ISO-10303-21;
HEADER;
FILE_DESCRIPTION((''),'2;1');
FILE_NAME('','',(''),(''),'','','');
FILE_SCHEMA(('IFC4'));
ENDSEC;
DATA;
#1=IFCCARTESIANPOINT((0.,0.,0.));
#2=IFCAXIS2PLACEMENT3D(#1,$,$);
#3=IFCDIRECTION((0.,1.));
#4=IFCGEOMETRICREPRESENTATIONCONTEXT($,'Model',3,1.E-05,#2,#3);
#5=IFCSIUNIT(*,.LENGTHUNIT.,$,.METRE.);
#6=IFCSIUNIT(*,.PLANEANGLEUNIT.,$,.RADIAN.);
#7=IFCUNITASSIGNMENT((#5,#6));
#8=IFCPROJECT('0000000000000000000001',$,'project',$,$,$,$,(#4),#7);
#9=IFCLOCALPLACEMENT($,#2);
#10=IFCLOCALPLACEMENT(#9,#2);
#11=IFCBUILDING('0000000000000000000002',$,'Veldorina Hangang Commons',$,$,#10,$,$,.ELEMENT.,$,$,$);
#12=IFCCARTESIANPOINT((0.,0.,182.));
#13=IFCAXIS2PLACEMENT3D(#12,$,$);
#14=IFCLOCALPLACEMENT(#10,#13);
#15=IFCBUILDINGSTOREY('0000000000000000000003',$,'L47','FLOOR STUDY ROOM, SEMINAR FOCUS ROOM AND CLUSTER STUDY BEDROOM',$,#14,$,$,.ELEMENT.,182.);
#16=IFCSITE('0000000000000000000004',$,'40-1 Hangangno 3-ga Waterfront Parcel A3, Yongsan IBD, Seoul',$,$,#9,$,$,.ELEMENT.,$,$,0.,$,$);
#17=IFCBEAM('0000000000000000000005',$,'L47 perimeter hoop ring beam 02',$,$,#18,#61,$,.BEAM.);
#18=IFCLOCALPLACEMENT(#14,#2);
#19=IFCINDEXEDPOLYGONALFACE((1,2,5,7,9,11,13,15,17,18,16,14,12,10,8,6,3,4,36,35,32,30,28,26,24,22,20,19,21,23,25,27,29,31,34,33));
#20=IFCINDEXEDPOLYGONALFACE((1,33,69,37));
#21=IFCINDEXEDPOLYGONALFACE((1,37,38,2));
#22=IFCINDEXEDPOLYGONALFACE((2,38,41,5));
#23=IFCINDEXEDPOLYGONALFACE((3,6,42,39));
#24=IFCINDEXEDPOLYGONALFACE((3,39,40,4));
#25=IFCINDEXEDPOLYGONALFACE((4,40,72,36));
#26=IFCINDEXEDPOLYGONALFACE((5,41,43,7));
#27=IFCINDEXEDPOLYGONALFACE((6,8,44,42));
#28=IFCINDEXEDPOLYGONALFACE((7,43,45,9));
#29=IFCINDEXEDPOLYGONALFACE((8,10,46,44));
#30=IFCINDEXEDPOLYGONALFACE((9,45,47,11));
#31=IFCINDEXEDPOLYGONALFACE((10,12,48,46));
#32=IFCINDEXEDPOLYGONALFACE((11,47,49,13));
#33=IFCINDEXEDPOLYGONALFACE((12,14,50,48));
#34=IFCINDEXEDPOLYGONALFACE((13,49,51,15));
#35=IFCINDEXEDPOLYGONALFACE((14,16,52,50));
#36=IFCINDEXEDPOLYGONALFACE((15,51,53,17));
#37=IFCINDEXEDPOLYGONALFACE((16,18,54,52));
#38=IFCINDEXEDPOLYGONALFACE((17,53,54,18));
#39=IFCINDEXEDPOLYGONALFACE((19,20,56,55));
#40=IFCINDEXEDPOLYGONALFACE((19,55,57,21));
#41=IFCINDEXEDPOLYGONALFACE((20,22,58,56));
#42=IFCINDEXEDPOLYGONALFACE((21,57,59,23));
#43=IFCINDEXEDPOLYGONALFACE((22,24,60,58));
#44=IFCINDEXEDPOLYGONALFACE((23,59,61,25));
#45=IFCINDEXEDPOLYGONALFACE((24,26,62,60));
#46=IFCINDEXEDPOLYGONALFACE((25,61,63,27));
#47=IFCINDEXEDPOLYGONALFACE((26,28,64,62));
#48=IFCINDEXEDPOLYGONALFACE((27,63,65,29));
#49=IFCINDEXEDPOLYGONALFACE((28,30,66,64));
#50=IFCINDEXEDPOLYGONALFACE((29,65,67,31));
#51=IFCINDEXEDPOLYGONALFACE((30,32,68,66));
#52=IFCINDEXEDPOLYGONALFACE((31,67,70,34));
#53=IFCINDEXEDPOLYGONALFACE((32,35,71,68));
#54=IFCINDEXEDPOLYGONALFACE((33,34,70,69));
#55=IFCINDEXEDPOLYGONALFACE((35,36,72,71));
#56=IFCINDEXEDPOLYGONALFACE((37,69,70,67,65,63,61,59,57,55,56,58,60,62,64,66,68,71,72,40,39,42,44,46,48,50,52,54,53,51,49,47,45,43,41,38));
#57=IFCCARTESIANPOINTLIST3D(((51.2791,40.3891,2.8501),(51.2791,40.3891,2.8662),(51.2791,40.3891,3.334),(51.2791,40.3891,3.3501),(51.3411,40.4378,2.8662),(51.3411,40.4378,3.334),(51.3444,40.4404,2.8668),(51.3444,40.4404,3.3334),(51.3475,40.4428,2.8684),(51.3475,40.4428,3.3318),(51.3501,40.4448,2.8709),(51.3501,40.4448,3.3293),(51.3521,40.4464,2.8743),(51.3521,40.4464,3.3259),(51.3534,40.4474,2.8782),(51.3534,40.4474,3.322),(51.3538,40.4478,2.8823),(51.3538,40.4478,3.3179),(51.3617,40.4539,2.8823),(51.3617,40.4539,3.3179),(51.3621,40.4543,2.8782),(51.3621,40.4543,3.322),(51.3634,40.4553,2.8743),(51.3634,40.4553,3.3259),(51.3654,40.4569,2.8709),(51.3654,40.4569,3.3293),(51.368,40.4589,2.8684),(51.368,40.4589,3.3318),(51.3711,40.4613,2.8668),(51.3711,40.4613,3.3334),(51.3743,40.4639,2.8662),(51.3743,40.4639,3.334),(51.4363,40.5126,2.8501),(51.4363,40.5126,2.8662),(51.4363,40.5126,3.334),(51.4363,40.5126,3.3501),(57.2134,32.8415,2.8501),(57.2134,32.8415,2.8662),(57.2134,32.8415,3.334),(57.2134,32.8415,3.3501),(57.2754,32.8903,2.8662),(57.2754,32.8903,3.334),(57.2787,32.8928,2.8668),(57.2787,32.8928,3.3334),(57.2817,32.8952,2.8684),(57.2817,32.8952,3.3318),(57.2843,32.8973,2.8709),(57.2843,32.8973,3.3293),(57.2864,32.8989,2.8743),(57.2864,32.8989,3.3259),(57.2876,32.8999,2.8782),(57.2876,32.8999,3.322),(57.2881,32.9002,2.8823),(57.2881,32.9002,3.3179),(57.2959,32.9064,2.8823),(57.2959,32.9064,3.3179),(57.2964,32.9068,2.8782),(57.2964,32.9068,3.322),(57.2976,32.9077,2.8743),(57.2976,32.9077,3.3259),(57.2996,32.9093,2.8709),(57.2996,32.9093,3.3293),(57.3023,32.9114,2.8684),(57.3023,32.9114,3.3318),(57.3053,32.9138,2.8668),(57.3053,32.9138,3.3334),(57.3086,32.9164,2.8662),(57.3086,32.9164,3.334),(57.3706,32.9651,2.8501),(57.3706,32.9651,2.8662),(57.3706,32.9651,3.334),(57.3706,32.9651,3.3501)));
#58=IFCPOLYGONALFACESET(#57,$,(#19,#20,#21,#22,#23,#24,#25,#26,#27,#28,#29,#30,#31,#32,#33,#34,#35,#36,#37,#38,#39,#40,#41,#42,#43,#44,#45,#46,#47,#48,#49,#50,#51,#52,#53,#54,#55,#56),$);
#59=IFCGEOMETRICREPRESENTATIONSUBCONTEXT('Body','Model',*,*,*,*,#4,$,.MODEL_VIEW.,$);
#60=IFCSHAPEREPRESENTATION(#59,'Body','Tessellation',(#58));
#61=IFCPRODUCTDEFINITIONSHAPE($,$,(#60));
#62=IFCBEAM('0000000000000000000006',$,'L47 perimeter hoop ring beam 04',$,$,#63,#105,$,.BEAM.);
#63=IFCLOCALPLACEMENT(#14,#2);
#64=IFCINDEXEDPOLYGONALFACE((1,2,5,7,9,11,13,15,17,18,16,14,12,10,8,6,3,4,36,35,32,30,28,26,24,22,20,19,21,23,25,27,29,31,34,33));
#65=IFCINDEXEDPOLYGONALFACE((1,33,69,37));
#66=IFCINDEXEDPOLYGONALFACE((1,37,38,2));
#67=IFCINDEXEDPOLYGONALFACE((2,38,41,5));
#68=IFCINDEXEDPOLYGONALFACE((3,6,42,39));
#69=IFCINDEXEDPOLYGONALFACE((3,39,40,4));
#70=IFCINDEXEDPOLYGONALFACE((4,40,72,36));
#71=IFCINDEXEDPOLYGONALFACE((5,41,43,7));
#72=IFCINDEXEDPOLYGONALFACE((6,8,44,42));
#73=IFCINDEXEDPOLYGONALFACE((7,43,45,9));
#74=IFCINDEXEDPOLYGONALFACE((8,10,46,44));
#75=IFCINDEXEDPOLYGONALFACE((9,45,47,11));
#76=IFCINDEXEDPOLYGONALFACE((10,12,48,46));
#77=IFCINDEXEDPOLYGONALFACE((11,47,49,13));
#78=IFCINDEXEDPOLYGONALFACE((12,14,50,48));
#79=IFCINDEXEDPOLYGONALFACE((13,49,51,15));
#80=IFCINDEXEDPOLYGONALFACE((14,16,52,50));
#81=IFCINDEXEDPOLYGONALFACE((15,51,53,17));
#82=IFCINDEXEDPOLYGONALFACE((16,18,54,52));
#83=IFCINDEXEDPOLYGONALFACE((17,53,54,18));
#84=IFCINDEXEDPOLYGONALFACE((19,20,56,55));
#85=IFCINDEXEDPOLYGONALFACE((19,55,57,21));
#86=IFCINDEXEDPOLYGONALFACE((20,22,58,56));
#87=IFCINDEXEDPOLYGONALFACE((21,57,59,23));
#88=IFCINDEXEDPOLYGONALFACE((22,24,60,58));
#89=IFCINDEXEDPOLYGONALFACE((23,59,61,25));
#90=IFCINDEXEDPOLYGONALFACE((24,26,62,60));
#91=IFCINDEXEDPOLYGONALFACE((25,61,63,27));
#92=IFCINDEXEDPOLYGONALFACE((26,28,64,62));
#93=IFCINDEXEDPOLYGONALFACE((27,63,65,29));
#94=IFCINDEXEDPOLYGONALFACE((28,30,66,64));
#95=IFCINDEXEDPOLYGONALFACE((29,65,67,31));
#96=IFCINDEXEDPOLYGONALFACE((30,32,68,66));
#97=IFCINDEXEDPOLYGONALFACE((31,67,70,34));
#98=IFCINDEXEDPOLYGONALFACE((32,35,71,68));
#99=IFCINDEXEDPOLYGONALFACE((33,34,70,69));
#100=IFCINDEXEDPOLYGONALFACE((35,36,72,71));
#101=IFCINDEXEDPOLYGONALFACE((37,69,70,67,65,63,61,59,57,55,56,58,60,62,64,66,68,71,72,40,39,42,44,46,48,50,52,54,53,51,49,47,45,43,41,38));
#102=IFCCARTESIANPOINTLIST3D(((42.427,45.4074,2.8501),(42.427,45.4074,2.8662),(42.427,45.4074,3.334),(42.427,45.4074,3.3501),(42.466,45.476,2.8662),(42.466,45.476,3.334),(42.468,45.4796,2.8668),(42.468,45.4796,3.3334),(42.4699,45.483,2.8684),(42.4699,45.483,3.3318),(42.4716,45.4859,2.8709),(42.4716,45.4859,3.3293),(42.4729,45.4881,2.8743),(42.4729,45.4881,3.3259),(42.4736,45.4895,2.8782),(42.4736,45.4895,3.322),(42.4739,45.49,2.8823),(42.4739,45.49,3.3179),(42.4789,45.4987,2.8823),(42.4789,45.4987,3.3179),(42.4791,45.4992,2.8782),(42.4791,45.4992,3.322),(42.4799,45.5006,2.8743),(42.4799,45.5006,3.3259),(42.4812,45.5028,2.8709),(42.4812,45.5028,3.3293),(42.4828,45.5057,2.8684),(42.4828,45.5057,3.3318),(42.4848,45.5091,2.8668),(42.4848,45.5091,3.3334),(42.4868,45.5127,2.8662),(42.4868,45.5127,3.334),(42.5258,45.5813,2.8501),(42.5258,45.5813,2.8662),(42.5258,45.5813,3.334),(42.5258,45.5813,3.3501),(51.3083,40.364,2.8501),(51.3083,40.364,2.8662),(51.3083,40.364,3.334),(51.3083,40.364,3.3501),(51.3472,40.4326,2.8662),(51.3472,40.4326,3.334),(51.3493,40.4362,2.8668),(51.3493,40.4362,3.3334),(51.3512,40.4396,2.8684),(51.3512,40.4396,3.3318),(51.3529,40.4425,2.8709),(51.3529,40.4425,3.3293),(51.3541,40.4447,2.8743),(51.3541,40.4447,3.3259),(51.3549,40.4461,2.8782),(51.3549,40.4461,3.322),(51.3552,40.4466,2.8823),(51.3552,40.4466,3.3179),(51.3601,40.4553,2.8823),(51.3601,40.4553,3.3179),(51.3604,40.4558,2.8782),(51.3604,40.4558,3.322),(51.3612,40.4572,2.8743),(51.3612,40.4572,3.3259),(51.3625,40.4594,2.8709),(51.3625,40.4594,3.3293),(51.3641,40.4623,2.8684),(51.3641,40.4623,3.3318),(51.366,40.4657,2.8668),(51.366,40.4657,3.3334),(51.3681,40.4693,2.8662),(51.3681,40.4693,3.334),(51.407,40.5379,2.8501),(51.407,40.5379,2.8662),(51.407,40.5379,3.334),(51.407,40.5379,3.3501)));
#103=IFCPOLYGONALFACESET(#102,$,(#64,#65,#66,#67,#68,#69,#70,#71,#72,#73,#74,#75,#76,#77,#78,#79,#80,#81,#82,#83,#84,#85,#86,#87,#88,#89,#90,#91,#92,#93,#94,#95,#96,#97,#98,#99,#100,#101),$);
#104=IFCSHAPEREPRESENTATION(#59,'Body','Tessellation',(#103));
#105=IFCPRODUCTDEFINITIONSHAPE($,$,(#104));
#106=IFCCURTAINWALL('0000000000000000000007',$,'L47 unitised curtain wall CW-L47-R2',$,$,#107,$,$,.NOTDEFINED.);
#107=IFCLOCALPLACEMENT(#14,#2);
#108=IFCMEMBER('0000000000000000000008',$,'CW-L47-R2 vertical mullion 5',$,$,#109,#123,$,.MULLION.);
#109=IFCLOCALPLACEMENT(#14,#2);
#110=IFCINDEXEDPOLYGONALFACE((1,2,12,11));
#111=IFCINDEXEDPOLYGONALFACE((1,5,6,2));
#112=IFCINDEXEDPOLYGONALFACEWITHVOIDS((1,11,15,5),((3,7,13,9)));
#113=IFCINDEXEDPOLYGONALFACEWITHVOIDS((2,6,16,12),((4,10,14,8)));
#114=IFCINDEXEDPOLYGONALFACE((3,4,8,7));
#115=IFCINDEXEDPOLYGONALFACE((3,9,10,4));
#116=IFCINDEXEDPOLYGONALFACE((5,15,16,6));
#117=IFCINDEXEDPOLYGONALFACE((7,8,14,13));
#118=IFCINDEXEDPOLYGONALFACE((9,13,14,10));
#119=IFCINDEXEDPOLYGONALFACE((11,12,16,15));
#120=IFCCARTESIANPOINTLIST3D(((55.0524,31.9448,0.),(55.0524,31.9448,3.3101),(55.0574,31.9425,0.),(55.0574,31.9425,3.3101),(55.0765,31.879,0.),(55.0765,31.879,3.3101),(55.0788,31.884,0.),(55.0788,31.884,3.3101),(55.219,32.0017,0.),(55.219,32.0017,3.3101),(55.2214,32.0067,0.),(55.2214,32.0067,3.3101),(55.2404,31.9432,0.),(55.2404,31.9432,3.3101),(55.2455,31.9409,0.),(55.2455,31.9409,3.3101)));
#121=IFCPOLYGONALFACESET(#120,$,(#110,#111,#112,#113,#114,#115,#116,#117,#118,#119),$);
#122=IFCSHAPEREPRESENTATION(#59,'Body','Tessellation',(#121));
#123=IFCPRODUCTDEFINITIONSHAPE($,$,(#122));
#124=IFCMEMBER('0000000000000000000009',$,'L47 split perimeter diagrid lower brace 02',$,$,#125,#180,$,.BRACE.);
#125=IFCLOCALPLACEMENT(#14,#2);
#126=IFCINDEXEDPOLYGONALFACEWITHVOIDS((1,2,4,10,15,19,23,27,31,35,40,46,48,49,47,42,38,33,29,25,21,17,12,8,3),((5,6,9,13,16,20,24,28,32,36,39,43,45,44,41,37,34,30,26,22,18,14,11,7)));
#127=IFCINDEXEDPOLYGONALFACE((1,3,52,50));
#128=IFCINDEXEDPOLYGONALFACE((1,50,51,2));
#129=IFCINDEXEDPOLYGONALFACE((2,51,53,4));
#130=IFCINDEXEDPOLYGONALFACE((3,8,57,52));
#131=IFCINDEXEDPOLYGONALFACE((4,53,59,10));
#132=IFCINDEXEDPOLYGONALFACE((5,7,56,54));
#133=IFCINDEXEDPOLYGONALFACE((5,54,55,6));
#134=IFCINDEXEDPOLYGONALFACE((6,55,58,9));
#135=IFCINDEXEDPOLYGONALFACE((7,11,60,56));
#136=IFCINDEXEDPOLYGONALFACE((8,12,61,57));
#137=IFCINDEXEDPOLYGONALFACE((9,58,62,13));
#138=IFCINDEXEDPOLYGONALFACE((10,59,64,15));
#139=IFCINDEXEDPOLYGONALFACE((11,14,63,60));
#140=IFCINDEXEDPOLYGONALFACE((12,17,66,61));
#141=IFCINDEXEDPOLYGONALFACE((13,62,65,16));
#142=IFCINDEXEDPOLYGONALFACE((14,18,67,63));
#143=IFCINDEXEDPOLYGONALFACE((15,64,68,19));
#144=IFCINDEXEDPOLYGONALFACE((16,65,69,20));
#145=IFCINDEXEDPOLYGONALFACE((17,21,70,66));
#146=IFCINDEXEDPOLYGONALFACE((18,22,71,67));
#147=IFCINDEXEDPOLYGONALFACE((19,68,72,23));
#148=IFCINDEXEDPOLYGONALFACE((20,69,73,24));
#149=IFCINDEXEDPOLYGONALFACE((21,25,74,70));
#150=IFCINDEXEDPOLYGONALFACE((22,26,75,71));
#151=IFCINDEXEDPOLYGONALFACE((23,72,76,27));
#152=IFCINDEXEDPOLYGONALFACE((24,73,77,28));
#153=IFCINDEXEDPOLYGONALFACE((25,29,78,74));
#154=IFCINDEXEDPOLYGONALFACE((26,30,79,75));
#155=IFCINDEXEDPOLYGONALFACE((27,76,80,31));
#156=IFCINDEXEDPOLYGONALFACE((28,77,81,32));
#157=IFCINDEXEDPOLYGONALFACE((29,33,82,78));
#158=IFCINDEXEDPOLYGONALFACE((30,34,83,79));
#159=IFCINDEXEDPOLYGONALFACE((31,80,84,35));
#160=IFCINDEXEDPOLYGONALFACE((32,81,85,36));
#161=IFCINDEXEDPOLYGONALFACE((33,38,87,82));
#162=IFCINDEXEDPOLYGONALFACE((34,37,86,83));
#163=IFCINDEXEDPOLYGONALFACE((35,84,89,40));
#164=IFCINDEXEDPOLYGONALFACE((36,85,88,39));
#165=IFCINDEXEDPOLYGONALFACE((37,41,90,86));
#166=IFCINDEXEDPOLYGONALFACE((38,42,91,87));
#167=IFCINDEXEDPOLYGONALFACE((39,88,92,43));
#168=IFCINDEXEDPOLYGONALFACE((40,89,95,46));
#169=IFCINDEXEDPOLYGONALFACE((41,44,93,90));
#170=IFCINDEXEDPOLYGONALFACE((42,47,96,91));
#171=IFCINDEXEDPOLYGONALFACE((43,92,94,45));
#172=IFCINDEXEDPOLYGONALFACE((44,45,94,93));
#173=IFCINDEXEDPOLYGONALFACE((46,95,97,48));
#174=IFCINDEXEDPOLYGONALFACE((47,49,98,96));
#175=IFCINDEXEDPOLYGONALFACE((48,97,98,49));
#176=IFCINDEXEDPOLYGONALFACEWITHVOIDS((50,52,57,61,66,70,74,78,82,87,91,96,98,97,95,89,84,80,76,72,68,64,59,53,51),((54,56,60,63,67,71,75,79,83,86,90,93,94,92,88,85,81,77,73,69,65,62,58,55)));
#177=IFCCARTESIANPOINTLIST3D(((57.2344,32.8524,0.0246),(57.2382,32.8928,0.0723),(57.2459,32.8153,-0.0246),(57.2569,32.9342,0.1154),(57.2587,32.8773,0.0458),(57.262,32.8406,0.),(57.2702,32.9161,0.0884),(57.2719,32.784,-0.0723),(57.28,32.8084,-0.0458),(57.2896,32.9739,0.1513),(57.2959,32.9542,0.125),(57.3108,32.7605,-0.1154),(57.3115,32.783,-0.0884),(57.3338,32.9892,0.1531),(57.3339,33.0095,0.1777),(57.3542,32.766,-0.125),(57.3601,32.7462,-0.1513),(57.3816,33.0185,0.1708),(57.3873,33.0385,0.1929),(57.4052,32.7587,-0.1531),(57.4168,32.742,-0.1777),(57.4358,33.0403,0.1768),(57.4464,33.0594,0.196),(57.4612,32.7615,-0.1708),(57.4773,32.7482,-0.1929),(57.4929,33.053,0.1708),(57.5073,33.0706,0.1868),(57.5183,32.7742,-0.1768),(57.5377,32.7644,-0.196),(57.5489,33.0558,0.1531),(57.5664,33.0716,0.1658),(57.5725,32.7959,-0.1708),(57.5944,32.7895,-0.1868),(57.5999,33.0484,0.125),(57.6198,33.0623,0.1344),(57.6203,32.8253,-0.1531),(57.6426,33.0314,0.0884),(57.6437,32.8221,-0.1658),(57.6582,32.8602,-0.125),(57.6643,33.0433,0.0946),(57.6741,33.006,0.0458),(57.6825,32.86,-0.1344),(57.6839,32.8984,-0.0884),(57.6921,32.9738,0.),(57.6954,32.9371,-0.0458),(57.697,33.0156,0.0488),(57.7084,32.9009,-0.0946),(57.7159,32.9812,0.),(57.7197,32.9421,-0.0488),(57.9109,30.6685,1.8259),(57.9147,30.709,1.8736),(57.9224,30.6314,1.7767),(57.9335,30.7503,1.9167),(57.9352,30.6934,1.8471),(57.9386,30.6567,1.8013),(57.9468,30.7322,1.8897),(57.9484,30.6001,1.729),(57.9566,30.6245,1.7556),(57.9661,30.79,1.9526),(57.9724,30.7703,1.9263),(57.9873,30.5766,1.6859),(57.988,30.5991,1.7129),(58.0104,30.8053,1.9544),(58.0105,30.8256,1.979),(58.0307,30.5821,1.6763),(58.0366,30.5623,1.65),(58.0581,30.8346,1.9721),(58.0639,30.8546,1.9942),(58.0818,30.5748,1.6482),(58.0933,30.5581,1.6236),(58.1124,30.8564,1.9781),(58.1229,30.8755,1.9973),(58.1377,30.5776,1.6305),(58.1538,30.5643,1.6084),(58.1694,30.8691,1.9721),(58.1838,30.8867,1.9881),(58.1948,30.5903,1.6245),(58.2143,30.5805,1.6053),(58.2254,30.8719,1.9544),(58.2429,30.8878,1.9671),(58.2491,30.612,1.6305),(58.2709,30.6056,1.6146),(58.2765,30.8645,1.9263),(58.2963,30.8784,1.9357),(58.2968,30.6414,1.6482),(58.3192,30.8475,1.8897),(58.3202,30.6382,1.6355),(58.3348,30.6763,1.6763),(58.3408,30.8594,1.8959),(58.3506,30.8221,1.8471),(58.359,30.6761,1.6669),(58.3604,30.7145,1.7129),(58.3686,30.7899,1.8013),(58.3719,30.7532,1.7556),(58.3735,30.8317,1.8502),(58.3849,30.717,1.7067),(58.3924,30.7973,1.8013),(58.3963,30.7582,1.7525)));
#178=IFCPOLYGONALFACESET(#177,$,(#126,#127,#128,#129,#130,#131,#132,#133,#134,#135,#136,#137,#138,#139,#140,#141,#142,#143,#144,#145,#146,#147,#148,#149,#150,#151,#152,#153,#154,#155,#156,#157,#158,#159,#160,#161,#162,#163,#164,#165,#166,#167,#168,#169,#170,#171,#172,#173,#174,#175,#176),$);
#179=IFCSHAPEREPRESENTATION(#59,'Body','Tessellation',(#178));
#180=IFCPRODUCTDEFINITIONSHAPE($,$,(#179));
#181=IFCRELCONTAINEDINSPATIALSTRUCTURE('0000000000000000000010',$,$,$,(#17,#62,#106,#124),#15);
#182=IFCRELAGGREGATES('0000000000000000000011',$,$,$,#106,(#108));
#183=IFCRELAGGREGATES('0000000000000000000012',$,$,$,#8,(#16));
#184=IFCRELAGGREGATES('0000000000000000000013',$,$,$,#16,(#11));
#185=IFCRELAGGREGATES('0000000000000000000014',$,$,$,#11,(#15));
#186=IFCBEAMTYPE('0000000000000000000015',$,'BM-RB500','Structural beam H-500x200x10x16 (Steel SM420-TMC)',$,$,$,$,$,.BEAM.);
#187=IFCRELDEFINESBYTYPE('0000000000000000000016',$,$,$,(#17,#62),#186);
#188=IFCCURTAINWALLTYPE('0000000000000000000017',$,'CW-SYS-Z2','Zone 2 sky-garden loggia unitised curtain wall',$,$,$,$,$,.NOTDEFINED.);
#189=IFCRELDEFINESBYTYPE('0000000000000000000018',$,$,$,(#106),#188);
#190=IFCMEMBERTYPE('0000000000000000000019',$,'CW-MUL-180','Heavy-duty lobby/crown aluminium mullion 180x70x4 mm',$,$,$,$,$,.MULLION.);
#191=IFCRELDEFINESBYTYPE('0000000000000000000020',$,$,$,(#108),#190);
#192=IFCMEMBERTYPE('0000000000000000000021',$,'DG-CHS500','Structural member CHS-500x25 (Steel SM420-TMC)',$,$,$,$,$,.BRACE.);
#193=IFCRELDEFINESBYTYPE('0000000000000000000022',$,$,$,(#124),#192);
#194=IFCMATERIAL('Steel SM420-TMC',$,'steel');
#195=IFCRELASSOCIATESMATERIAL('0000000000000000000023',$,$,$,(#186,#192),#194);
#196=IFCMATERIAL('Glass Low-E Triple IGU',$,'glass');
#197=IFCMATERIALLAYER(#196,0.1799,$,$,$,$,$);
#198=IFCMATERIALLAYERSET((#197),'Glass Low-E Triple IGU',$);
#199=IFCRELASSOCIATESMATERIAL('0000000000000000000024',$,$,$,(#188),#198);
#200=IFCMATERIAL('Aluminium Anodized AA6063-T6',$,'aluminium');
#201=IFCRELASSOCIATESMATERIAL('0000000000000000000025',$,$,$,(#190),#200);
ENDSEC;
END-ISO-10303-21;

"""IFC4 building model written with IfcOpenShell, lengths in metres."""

from ifc_helpers import new_model, si_unit, direction, frame, origin, origin_2d, place, context, subcontext, project, spatial, hollow_rectangle, hollow_circle, i_section, extrude, material, layer, layer_set, material_profile, profile_set, type_object, element, aggregate, save


model = new_model("IFC4")

# Units and contexts
model_context = context("Model", 3, precision=1e-05, world=origin(), true_north=direction((0.0, 1.0)))
body_context = subcontext(model_context, "Body", "Model", "MODEL_VIEW")
ifc_project = project(units=[si_unit("LENGTHUNIT", "METRE"), si_unit("PLANEANGLEUNIT", "RADIAN")], contexts=[model_context])

# Site, building, storey
site_placement = place(None, origin())
site = spatial("IfcSite", under=ifc_project, at=site_placement, Name="40-1 Hangangno 3-ga Waterfront Parcel A3, Yongsan IBD, Seoul", CompositionType="ELEMENT", RefElevation=0.0)
building_placement = place(site_placement, origin())
building = spatial("IfcBuilding", under=site, at=building_placement, Name="Veldorina Hangang Commons", CompositionType="ELEMENT")
storey_placement = place(building_placement, frame((0.0, 0.0, 182.0)))
storey = spatial("IfcBuildingStorey", under=building, at=storey_placement, Name="L47", Description="FLOOR STUDY ROOM, SEMINAR FOCUS ROOM AND CLUSTER STUDY BEDROOM", CompositionType="ELEMENT", Elevation=182.0)

# Beams
ifc_material_1 = material(Name="Steel SM420-TMC", Category="steel")
ifc_material_profile_1 = material_profile(ifc_material_1, i_section(OverallWidth=0.2, OverallDepth=0.5, WebThickness=0.01, FlangeThickness=0.0161, FilletRadius=0.0161, at=origin_2d()), Name="H-500x200x10x16")
ifc_profile_set_1 = profile_set([ifc_material_profile_1], Name="Steel SM420-TMC")
beam_type = type_object("IfcBeamType", Name="BM-RB500", Description="Structural beam H-500x200x10x16 (Steel SM420-TMC)", PredefinedType="BEAM", material=ifc_profile_set_1)
beam_1_placement = place(storey_placement, frame((57.292, 32.9033, 3.1001), z_axis=(-0.618083, 0.786113, 0.0), x_axis=(-0.786113, -0.618083, 0.0)))
element("IfcBeam", 1, at=beam_1_placement, inside=storey, type_object=beam_type, Name="L47 perimeter hoop ring beam 02", PredefinedType="BEAM", context=body_context, shape_type="SweptSolid", body=[
    extrude(i_section(OverallWidth=0.2, OverallDepth=0.5, WebThickness=0.01, FlangeThickness=0.0161, FilletRadius=0.0161, at=origin_2d()), origin(), (0.0, 0.0, 1.0), 9.6011),
])
beam_2_placement = place(storey_placement, frame((51.3577, 40.4509, 3.1001), z_axis=(-0.869573, 0.493805, 0.0), x_axis=(-0.493805, -0.869573, 0.0)))
element("IfcBeam", 2, at=beam_2_placement, inside=storey, type_object=beam_type, Name="L47 perimeter hoop ring beam 04", PredefinedType="BEAM", context=body_context, shape_type="SweptSolid", body=[
    extrude(i_section(OverallWidth=0.2, OverallDepth=0.5, WebThickness=0.01, FlangeThickness=0.0161, FilletRadius=0.0161, at=origin_2d()), origin(), (0.0, 0.0, 1.0), 10.2134),
])

# Curtain wall, member
ifc_material_2 = material(Name="Glass Low-E Triple IGU", Category="glass")
ifc_layer_1 = layer(ifc_material_2, 0.1799)
ifc_layer_set_1 = layer_set([ifc_layer_1], Name="Glass Low-E Triple IGU")
curtain_wall_type = type_object("IfcCurtainWallType", Name="CW-SYS-Z2", Description="Zone 2 sky-garden loggia unitised curtain wall", PredefinedType="NOTDEFINED", material=ifc_layer_set_1)
curtain_wall_placement = place(storey_placement, origin())
curtain_wall = element("IfcCurtainWall", 3, at=curtain_wall_placement, inside=storey, type_object=curtain_wall_type, Name="L47 unitised curtain wall CW-L47-R2", PredefinedType="NOTDEFINED")
ifc_material_3 = material(Name="Aluminium Anodized AA6063-T6", Category="aluminium")
ifc_material_profile_2 = material_profile(ifc_material_3, hollow_rectangle(XDim=0.0701, YDim=0.1799, WallThickness=0.0039, at=origin_2d()), Name="ALU-RHS-180x70x4")
ifc_profile_set_2 = profile_set([ifc_material_profile_2], Name="Aluminium Anodized AA6063-T6")
member_type_1 = type_object("IfcMemberType", Name="CW-MUL-180", Description="Heavy-duty lobby/crown aluminium mullion 180x70x4 mm", PredefinedType="MULLION", material=ifc_profile_set_2)
member_1_placement = place(storey_placement, frame((55.1489, 31.9429, 0.0), z_axis=(0.0, 0.0, 1.0), x_axis=(0.343889, -0.93901, 0.0)))
member_1 = element("IfcMember", 4, at=member_1_placement, type_object=member_type_1, Name="CW-L47-R2 vertical mullion 5", PredefinedType="MULLION", context=body_context, shape_type="SweptSolid", body=[
    extrude(hollow_rectangle(XDim=0.0701, YDim=0.1799, WallThickness=0.0039, at=origin_2d()), origin(), (0.0, 0.0, 1.0), 3.3101),
])
aggregate(curtain_wall, [member_1])

# Member
ifc_material_profile_3 = material_profile(ifc_material_1, hollow_circle(Radius=0.25, WallThickness=0.0249, at=origin_2d()), Name="CHS-500x25")
ifc_profile_set_3 = profile_set([ifc_material_profile_3], Name="Steel SM420-TMC")
member_type_2 = type_object("IfcMemberType", Name="DG-CHS500", Description="Structural member CHS-500x25 (Steel SM420-TMC)", PredefinedType="BRACE", material=ifc_profile_set_3)
member_2_placement = place(storey_placement, frame((57.4771, 32.9072, 0.0), z_axis=(0.232434, -0.750314, 0.618873), x_axis=(0.955216, 0.295909, 0.0)))
element("IfcMember", 5, at=member_2_placement, inside=storey, type_object=member_type_2, Name="L47 split perimeter diagrid lower brace 02", PredefinedType="BRACE", context=body_context, shape_type="SweptSolid", body=[
    extrude(hollow_circle(Radius=0.25, WallThickness=0.0249, at=origin_2d()), origin(), (0.0, 0.0, 1.0), 2.9106),
])

save(model, "model.ifc")
